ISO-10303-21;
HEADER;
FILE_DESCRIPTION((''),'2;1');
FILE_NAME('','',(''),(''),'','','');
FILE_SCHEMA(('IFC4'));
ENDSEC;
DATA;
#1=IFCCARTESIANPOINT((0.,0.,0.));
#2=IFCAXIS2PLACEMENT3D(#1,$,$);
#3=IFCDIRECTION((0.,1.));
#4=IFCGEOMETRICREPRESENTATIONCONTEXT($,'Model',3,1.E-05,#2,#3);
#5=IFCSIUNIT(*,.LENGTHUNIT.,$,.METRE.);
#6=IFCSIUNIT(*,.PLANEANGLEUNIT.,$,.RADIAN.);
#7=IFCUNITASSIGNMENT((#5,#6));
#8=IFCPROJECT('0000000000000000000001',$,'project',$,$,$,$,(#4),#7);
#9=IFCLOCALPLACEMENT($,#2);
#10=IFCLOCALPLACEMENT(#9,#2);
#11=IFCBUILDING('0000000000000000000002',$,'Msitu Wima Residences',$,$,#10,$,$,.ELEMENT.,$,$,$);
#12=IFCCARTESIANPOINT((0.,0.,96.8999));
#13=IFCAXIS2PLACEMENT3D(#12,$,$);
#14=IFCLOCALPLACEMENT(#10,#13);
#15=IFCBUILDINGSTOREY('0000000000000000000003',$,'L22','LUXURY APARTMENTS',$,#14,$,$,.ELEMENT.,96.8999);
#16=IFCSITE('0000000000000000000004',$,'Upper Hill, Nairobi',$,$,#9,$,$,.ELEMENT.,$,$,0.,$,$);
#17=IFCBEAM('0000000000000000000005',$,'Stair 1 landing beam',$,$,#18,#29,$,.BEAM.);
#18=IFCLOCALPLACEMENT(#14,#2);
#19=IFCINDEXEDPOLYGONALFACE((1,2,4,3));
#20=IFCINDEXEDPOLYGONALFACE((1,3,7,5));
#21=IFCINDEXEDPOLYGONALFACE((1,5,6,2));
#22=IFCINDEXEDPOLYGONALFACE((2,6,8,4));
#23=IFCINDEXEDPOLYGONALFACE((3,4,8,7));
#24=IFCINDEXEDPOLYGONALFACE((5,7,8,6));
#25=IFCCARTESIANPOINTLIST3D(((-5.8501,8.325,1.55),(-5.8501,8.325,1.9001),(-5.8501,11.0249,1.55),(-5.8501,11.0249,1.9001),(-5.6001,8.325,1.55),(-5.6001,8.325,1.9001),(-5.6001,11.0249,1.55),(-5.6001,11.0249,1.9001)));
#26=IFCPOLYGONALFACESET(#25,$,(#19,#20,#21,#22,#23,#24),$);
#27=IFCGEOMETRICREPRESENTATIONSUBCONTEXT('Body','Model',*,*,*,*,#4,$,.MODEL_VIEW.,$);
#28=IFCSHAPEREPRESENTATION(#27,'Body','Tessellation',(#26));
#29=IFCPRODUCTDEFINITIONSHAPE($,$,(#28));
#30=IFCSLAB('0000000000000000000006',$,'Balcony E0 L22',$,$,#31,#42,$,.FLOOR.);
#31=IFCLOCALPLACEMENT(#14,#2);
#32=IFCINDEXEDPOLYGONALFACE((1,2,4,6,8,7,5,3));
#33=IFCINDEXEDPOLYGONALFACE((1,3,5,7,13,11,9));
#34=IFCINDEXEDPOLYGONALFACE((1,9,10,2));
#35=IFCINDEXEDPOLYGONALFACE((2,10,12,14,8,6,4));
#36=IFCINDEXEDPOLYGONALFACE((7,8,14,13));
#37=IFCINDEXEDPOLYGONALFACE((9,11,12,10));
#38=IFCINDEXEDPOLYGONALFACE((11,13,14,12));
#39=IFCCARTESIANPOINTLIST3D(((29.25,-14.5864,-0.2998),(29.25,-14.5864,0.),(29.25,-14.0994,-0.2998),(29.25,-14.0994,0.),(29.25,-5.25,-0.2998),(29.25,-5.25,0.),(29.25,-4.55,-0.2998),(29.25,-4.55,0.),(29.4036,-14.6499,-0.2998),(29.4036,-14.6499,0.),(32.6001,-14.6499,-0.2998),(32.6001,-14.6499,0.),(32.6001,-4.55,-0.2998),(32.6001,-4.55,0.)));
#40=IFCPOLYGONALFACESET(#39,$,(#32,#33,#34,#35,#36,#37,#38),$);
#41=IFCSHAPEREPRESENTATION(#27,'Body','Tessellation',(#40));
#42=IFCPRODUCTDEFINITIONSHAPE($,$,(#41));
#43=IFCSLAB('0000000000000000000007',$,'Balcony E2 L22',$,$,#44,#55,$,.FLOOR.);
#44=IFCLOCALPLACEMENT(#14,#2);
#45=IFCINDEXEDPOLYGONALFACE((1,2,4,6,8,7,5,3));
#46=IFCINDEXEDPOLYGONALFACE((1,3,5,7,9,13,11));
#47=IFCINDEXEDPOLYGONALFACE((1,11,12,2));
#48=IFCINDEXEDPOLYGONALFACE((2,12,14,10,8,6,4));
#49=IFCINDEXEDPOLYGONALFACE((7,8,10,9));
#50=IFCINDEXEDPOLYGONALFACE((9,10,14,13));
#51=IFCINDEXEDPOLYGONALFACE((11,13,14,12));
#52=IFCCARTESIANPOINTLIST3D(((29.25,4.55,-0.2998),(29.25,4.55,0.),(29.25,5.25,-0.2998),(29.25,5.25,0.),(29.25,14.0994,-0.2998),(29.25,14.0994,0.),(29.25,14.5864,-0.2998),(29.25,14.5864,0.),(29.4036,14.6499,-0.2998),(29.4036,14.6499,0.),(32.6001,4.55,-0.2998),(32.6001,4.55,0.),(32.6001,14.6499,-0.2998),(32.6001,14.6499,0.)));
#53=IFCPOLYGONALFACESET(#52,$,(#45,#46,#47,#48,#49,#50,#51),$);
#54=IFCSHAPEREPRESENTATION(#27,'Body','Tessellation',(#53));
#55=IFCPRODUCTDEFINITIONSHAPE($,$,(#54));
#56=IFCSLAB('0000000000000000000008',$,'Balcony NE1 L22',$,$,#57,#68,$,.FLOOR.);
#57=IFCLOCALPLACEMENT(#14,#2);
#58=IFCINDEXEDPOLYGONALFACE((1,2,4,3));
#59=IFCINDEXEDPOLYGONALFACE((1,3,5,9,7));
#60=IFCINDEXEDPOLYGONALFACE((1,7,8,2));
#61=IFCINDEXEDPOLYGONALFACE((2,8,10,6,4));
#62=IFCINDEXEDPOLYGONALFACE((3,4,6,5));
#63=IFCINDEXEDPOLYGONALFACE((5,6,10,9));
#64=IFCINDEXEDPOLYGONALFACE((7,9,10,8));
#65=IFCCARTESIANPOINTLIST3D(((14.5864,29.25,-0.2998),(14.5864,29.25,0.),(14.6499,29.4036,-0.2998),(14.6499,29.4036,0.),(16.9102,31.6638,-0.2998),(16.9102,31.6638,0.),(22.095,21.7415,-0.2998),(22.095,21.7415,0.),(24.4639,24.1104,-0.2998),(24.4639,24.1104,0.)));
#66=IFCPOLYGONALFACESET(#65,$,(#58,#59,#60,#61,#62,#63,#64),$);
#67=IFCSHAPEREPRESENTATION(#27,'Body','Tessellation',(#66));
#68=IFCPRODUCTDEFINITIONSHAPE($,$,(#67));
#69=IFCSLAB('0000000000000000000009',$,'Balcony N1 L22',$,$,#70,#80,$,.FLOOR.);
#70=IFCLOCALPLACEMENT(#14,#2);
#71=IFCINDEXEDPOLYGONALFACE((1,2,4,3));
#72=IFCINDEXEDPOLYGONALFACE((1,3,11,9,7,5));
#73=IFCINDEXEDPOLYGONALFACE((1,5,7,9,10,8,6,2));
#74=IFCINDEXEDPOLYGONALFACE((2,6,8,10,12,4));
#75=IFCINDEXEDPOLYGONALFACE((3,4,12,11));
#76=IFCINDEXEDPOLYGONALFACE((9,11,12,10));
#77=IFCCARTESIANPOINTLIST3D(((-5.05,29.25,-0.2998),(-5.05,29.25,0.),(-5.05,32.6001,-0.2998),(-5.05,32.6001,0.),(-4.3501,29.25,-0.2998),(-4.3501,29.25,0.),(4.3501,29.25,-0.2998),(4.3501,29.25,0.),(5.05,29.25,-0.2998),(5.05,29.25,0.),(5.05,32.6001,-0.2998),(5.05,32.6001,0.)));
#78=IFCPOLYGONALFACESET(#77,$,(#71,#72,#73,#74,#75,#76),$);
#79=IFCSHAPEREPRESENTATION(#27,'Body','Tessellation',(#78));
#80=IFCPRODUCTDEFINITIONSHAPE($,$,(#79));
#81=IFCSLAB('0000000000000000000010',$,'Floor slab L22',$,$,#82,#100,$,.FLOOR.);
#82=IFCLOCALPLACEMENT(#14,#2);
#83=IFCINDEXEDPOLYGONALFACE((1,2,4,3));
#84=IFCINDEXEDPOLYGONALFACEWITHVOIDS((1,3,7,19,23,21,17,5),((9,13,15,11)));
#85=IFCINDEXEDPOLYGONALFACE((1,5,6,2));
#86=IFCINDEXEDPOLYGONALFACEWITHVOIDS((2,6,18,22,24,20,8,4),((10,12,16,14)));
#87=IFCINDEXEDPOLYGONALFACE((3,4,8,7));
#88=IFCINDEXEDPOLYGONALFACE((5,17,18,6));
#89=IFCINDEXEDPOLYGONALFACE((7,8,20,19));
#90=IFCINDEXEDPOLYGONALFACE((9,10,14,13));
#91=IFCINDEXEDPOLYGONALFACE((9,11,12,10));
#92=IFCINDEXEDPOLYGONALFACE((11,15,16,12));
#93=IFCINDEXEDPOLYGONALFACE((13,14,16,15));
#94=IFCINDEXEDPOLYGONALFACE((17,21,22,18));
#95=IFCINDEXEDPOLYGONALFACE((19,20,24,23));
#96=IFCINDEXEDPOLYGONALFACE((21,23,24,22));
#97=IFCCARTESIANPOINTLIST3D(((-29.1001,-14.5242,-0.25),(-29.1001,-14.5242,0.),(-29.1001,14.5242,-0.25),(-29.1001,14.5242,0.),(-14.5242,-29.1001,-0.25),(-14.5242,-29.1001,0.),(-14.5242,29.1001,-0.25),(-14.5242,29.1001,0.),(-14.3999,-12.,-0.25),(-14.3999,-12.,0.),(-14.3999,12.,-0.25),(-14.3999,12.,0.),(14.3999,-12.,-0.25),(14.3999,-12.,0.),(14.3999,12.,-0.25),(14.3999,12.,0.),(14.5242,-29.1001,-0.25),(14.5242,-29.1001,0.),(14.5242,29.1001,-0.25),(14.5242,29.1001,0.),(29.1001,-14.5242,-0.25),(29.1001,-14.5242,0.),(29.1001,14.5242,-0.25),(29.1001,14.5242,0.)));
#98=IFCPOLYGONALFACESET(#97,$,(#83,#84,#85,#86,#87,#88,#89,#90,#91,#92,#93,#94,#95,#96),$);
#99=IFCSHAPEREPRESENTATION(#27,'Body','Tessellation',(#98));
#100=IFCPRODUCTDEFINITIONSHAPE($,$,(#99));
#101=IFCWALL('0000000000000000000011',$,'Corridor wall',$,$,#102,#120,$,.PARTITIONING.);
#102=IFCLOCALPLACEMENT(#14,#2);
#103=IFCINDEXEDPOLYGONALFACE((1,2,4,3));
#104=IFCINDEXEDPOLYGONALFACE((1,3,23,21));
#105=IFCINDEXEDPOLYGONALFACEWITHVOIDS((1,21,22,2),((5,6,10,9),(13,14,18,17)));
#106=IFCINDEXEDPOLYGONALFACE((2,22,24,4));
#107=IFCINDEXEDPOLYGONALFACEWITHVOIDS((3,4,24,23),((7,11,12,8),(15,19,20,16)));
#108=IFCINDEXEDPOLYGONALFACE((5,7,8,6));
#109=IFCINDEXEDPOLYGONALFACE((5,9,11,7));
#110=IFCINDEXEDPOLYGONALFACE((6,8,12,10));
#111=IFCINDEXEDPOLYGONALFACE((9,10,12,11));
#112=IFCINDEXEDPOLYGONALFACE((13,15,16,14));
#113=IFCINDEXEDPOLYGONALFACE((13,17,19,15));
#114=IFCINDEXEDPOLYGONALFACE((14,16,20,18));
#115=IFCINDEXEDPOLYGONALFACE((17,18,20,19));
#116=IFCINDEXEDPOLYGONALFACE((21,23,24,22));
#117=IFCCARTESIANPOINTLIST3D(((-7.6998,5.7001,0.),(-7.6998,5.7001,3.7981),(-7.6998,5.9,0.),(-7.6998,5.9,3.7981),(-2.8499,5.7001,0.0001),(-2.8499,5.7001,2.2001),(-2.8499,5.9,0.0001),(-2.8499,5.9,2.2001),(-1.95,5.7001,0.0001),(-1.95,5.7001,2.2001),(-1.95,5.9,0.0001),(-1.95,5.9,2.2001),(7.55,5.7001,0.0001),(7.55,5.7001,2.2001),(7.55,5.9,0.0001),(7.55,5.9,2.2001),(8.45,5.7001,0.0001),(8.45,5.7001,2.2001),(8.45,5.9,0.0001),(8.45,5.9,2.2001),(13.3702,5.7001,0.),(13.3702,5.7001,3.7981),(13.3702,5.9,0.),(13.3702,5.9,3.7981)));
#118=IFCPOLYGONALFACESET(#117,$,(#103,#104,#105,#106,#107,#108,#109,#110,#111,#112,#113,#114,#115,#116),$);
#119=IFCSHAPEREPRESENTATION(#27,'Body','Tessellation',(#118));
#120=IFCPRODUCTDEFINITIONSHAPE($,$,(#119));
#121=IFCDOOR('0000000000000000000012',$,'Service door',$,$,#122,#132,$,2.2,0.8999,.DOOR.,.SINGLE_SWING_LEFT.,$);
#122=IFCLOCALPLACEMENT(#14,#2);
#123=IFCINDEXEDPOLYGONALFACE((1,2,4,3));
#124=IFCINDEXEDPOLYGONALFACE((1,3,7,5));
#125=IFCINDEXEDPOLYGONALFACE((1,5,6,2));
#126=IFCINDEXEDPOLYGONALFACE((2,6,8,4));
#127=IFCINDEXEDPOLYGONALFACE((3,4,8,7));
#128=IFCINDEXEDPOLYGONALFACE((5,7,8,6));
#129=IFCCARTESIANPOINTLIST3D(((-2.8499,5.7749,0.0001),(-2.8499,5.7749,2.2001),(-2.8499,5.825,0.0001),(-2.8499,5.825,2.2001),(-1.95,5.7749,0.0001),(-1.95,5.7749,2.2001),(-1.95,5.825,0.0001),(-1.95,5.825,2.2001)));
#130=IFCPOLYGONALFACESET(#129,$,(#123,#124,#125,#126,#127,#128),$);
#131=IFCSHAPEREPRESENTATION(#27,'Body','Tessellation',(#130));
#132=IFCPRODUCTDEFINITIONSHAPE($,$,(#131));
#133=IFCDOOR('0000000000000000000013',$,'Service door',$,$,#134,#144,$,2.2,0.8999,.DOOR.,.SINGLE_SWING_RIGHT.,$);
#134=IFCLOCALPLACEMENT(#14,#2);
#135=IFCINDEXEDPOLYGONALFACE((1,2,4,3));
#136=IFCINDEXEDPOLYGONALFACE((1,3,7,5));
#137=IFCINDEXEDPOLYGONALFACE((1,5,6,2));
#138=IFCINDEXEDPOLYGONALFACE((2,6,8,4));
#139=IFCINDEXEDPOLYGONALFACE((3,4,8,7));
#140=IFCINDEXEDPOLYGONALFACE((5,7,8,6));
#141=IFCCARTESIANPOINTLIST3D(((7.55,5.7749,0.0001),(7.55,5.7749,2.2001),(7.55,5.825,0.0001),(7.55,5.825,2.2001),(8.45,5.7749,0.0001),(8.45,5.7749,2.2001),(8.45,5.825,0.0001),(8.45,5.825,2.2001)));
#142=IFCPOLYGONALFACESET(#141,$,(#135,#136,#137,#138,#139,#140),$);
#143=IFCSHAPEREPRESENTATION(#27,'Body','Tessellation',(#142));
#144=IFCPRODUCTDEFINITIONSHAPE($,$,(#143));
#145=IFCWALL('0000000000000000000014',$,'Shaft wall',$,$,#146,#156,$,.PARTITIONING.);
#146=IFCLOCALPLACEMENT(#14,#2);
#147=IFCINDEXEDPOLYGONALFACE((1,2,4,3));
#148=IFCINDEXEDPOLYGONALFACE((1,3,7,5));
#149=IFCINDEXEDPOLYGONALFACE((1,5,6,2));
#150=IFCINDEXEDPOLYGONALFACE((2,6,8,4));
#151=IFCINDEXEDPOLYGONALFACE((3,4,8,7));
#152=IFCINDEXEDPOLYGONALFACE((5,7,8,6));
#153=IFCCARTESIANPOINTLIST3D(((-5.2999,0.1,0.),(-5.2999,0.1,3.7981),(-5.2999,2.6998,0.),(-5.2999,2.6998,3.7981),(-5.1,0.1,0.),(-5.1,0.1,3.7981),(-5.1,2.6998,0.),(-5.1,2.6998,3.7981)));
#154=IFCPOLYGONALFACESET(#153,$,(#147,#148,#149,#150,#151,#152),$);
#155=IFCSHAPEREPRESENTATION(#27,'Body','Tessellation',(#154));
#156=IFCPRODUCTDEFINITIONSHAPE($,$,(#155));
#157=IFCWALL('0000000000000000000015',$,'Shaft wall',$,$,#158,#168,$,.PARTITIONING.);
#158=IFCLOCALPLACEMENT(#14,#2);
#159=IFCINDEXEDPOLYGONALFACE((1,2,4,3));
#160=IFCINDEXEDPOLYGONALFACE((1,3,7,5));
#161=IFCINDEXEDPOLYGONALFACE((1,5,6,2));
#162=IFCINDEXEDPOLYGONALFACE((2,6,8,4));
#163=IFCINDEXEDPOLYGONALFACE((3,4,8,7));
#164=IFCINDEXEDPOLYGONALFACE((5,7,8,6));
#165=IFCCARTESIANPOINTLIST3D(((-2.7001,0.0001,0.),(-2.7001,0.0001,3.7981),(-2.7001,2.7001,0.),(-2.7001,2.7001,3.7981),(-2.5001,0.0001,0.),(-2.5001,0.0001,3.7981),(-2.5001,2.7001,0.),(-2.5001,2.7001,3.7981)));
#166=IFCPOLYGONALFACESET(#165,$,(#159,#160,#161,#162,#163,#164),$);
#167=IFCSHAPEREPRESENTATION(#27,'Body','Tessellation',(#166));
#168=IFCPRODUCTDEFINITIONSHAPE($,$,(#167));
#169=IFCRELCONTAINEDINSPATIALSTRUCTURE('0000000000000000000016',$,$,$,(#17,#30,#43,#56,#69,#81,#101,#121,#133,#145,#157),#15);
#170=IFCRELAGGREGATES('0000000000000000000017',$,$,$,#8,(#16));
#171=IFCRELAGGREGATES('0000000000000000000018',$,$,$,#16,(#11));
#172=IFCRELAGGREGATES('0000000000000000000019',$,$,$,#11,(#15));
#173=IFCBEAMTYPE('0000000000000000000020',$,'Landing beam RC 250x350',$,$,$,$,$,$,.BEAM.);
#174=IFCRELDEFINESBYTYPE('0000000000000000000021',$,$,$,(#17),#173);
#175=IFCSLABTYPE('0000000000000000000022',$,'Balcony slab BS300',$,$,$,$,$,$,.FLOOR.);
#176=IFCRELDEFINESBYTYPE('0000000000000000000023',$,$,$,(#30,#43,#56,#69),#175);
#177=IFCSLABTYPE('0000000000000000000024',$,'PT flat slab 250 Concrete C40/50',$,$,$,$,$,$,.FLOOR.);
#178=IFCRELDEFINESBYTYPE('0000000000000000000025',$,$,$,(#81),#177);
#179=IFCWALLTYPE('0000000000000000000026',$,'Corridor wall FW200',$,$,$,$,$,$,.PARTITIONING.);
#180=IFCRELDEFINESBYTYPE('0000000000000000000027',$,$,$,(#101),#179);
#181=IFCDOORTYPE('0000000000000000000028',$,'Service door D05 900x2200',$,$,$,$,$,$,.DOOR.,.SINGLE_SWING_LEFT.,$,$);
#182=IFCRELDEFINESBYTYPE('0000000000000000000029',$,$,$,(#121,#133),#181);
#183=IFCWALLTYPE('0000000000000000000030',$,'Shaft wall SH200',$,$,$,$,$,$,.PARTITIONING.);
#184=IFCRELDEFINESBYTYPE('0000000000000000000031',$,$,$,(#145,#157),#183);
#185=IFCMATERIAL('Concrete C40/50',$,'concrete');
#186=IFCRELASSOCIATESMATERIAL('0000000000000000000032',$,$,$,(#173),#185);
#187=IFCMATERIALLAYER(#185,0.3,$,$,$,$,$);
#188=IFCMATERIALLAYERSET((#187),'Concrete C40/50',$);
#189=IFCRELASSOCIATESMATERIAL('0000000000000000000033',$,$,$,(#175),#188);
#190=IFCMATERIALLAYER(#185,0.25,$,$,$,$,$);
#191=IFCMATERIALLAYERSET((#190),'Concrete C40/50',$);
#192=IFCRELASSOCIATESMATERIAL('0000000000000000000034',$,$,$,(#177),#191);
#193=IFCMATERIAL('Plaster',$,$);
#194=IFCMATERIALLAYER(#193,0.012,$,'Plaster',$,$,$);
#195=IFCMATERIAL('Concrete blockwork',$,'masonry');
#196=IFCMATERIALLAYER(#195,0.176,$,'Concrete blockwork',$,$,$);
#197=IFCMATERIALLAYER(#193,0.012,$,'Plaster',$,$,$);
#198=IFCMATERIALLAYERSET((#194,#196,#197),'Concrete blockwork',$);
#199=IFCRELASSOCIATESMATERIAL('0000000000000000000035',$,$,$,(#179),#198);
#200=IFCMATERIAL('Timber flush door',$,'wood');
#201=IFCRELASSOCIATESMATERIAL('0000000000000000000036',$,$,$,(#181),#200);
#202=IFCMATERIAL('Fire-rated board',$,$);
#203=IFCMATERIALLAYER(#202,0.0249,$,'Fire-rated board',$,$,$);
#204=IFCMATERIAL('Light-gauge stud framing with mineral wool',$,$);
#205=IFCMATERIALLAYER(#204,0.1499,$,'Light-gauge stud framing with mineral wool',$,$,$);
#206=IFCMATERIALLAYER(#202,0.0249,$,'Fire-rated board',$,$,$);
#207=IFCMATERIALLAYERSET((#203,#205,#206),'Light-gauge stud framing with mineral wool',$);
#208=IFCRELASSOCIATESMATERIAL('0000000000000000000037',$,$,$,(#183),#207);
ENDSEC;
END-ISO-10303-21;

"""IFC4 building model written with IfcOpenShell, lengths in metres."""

from ifc_helpers import new_model, si_unit, direction, frame, frame_2d, origin, origin_2d, place, context, subcontext, project, spatial, polyline, rectangle, outline, extrude, material, layer, layer_set, material_profile, profile_set, type_object, element, fill, save


model = new_model("IFC4")

# Units and contexts
model_context = context("Model", 3, precision=1e-05, world=origin(), true_north=direction((0.0, 1.0)))
body_context = subcontext(model_context, "Body", "Model", "MODEL_VIEW")
ifc_project = project(units=[si_unit("LENGTHUNIT", "METRE"), si_unit("PLANEANGLEUNIT", "RADIAN")], contexts=[model_context])

# Site, building, storey
site_placement = place(None, origin())
site = spatial("IfcSite", under=ifc_project, at=site_placement, Name="Upper Hill, Nairobi", CompositionType="ELEMENT", RefElevation=0.0)
building_placement = place(site_placement, origin())
building = spatial("IfcBuilding", under=site, at=building_placement, Name="Msitu Wima Residences", CompositionType="ELEMENT")
storey_placement = place(building_placement, frame((0.0, 0.0, 96.8999)))
storey = spatial("IfcBuildingStorey", under=building, at=storey_placement, Name="L22", Description="LUXURY APARTMENTS", CompositionType="ELEMENT", Elevation=96.8999)

# Beam
ifc_material_1 = material(Name="Concrete C40/50", Category="concrete")
ifc_material_profile = material_profile(ifc_material_1, rectangle(XDim=0.25, YDim=0.3501, at=origin_2d()), Name="RC 250x350")
ifc_profile_set = profile_set([ifc_material_profile], Name="Concrete C40/50")
beam_type = type_object("IfcBeamType", Name="Landing beam RC 250x350", PredefinedType="BEAM", material=ifc_profile_set)
beam_placement = place(storey_placement, frame((-5.7251, 8.325, 1.7251), z_axis=(0.0, 1.0, 0.0), x_axis=(-1.0, 0.0, 0.0)))
element("IfcBeam", 1, at=beam_placement, inside=storey, type_object=beam_type, Name="Stair 1 landing beam", PredefinedType="BEAM", context=body_context, shape_type="SweptSolid", body=[
    extrude(rectangle(XDim=0.25, YDim=0.3501, at=origin_2d()), origin(), (0.0, 0.0, 1.0), 2.7),
])

# Slabs
ifc_layer_1 = layer(ifc_material_1, 0.3)
ifc_layer_set_1 = layer_set([ifc_layer_1], Name="Concrete C40/50")
slab_type_1 = type_object("IfcSlabType", Name="Balcony slab BS300", PredefinedType="FLOOR", material=ifc_layer_set_1)
slab_1_placement = place(storey_placement, frame((0.0, 0.0, -0.2998)))
element("IfcSlab", 2, at=slab_1_placement, inside=storey, type_object=slab_type_1, Name="Balcony E0 L22", PredefinedType="FLOOR", context=body_context, shape_type="SweptSolid", body=[
    extrude(outline(polyline([(29.25, -14.0994), (29.25, -14.0994), (29.25, -5.25), (29.25, -4.55), (32.6001, -4.55), (32.6001, -14.6499), (29.4036, -14.6499), (29.25, -14.5864), (29.25, -14.0994), (29.25, -14.0994)])), origin(), (0.0, 0.0, 1.0), 0.2998),
])
slab_2_placement = place(storey_placement, frame((0.0, 0.0, -0.2998)))
element("IfcSlab", 3, at=slab_2_placement, inside=storey, type_object=slab_type_1, Name="Balcony E2 L22", PredefinedType="FLOOR", context=body_context, shape_type="SweptSolid", body=[
    extrude(outline(polyline([(29.25, 14.0994), (29.25, 14.0994), (29.25, 14.0994), (29.25, 14.5864), (29.4036, 14.6499), (32.6001, 14.6499), (32.6001, 4.55), (29.25, 4.55), (29.25, 5.25), (29.25, 14.0994)])), origin(), (0.0, 0.0, 1.0), 0.2998),
])
slab_3_placement = place(storey_placement, frame((0.0, 0.0, -0.2998)))
element("IfcSlab", 4, at=slab_3_placement, inside=storey, type_object=slab_type_1, Name="Balcony NE1 L22", PredefinedType="FLOOR", context=body_context, shape_type="SweptSolid", body=[
    extrude(outline(polyline([(16.9102, 31.6638), (24.4639, 24.1104), (22.095, 21.7415), (14.5864, 29.25), (14.6499, 29.4036), (16.9102, 31.6638)])), origin(), (0.0, 0.0, 1.0), 0.2998),
])
slab_4_placement = place(storey_placement, frame((0.0, 0.0, -0.2998)))
element("IfcSlab", 5, at=slab_4_placement, inside=storey, type_object=slab_type_1, Name="Balcony N1 L22", PredefinedType="FLOOR", context=body_context, shape_type="SweptSolid", body=[
    extrude(outline(polyline([(4.3501, 29.25), (-4.3501, 29.25), (-5.05, 29.25), (-5.05, 32.6001), (5.05, 32.6001), (5.05, 29.25), (4.3501, 29.25)])), origin(), (0.0, 0.0, 1.0), 0.2998),
])
ifc_layer_2 = layer(ifc_material_1, 0.25)
ifc_layer_set_2 = layer_set([ifc_layer_2], Name="Concrete C40/50")
slab_type_2 = type_object("IfcSlabType", Name="PT flat slab 250 Concrete C40/50", PredefinedType="FLOOR", material=ifc_layer_set_2)
slab_5_placement = place(storey_placement, frame((0.0, 0.0, -0.25)))
element("IfcSlab", 6, at=slab_5_placement, inside=storey, type_object=slab_type_2, Name="Floor slab L22", PredefinedType="FLOOR", context=body_context, shape_type="SweptSolid", body=[
    extrude(outline(polyline([(29.1001, -14.5242), (14.5242, -29.1001), (-14.5242, -29.1001), (-29.1001, -14.5242), (-29.1001, 14.5242), (-14.5242, 29.1001), (14.5242, 29.1001), (29.1001, 14.5242), (29.1001, -14.5242)]), holes=[polyline([(-14.3999, -12.0), (14.3999, -12.0), (14.3999, 12.0), (-14.3999, 12.0), (-14.3999, -12.0)])]), origin(), (0.0, 0.0, 1.0), 0.25),
])

# Shared definitions
ifc_material_2 = material(Name="Plaster")
ifc_layer_3 = layer(ifc_material_2, 0.012, Name="Plaster")
ifc_material_3 = material(Name="Concrete blockwork", Category="masonry")
ifc_layer_4 = layer(ifc_material_3, 0.176, Name="Concrete blockwork")
ifc_layer_5 = layer(ifc_material_2, 0.012, Name="Plaster")
ifc_layer_set_3 = layer_set([ifc_layer_3, ifc_layer_4, ifc_layer_5], Name="Concrete blockwork")
wall_type_1 = type_object("IfcWallType", Name="Corridor wall FW200", PredefinedType="PARTITIONING", material=ifc_layer_set_3)

# Wall, openings, doors
wall_1_placement = place(storey_placement, frame((-7.7, 5.8, 0.0), z_axis=(0.0, 0.0, 1.0), x_axis=(1.0, 0.0, 0.0)))
wall_1 = element("IfcWall", 7, at=wall_1_placement, inside=storey, type_object=wall_type_1, Name="Corridor wall", PredefinedType="PARTITIONING", context=body_context, shape_type="SweptSolid", body=[
    extrude(rectangle(XDim=21.0701, YDim=0.2, at=frame_2d((10.5352, 0.0))), origin(), (0.0, 0.0, 1.0), 3.7981),
])
opening_1_placement = place(wall_1_placement, frame((4.8501, 0.0, 0.0)))
opening_1 = element("IfcOpeningElement", 8, at=opening_1_placement, cuts=wall_1, PredefinedType="OPENING", context=body_context, shape_type="SweptSolid", body=[
    extrude(rectangle(XDim=0.8999, YDim=2.2, at=frame_2d((0.45, 1.1001))), frame((0.0, 0.1099, 0.0), z_axis=(0.0, -1.0, 0.0), x_axis=(1.0, 0.0, 0.0)), (0.0, 0.0, 1.0), 0.22),
])
opening_2_placement = place(wall_1_placement, frame((15.25, 0.0, 0.0)))
opening_2 = element("IfcOpeningElement", 9, at=opening_2_placement, cuts=wall_1, PredefinedType="OPENING", context=body_context, shape_type="SweptSolid", body=[
    extrude(rectangle(XDim=0.8999, YDim=2.2, at=frame_2d((0.45, 1.1001))), frame((0.0, 0.1099, 0.0), z_axis=(0.0, -1.0, 0.0), x_axis=(1.0, 0.0, 0.0)), (0.0, 0.0, 1.0), 0.22),
])
ifc_material_4 = material(Name="Timber flush door", Category="wood")
door_type_1 = type_object("IfcDoorType", Name="Service door D05 900x2200", OperationType="SINGLE_SWING_LEFT", PredefinedType="DOOR", material=ifc_material_4)
door_1_placement = place(opening_1_placement, origin())
door_1 = element("IfcDoor", 10, at=door_1_placement, inside=storey, type_object=door_type_1, Name="Service door", OperationType="SINGLE_SWING_LEFT", OverallHeight=2.2, OverallWidth=0.8999, PredefinedType="DOOR", context=body_context, shape_type="SweptSolid", body=[
    extrude(rectangle(XDim=0.8999, YDim=2.2, at=frame_2d((0.45, 1.1001))), frame((0.0, 0.0249, 0.0), z_axis=(0.0, -1.0, 0.0), x_axis=(1.0, 0.0, 0.0)), (0.0, 0.0, 1.0), 0.05),
])
fill(opening_1, door_1)
door_2_placement = place(opening_2_placement, origin())
door_2 = element("IfcDoor", 11, at=door_2_placement, inside=storey, type_object=door_type_1, Name="Service door", OperationType="SINGLE_SWING_RIGHT", OverallHeight=2.2, OverallWidth=0.8999, PredefinedType="DOOR", context=body_context, shape_type="SweptSolid", body=[
    extrude(rectangle(XDim=0.8999, YDim=2.2, at=frame_2d((0.45, 1.1001))), frame((0.0, 0.0249, 0.0), z_axis=(0.0, -1.0, 0.0), x_axis=(1.0, 0.0, 0.0)), (0.0, 0.0, 1.0), 0.05),
])
fill(opening_2, door_2)

# Walls
ifc_material_5 = material(Name="Fire-rated board")
ifc_layer_6 = layer(ifc_material_5, 0.0249, Name="Fire-rated board")
ifc_material_6 = material(Name="Light-gauge stud framing with mineral wool")
ifc_layer_7 = layer(ifc_material_6, 0.1499, Name="Light-gauge stud framing with mineral wool")
ifc_layer_8 = layer(ifc_material_5, 0.0249, Name="Fire-rated board")
ifc_layer_set_4 = layer_set([ifc_layer_6, ifc_layer_7, ifc_layer_8], Name="Light-gauge stud framing with mineral wool")
wall_type_2 = type_object("IfcWallType", Name="Shaft wall SH200", PredefinedType="PARTITIONING", material=ifc_layer_set_4)
wall_2_placement = place(storey_placement, frame((-5.2, 0.1001, 0.0), z_axis=(0.0, 0.0, 1.0), x_axis=(0.0, 1.0, 0.0)))
element("IfcWall", 12, at=wall_2_placement, inside=storey, type_object=wall_type_2, Name="Shaft wall", PredefinedType="PARTITIONING", context=body_context, shape_type="SweptSolid", body=[
    extrude(rectangle(XDim=2.5999, YDim=0.2, at=frame_2d((1.2998, 0.0))), origin(), (0.0, 0.0, 1.0), 3.7981),
])
wall_3_placement = place(storey_placement, frame((-2.6001, 0.0, 0.0), z_axis=(0.0, 0.0, 1.0), x_axis=(0.0, 1.0, 0.0)))
element("IfcWall", 13, at=wall_3_placement, inside=storey, type_object=wall_type_2, Name="Shaft wall", PredefinedType="PARTITIONING", context=body_context, shape_type="SweptSolid", body=[
    extrude(rectangle(XDim=2.7, YDim=0.2, at=frame_2d((1.3501, 0.0))), origin(), (0.0, 0.0, 1.0), 3.7981),
])

save(model, "model.ifc")
